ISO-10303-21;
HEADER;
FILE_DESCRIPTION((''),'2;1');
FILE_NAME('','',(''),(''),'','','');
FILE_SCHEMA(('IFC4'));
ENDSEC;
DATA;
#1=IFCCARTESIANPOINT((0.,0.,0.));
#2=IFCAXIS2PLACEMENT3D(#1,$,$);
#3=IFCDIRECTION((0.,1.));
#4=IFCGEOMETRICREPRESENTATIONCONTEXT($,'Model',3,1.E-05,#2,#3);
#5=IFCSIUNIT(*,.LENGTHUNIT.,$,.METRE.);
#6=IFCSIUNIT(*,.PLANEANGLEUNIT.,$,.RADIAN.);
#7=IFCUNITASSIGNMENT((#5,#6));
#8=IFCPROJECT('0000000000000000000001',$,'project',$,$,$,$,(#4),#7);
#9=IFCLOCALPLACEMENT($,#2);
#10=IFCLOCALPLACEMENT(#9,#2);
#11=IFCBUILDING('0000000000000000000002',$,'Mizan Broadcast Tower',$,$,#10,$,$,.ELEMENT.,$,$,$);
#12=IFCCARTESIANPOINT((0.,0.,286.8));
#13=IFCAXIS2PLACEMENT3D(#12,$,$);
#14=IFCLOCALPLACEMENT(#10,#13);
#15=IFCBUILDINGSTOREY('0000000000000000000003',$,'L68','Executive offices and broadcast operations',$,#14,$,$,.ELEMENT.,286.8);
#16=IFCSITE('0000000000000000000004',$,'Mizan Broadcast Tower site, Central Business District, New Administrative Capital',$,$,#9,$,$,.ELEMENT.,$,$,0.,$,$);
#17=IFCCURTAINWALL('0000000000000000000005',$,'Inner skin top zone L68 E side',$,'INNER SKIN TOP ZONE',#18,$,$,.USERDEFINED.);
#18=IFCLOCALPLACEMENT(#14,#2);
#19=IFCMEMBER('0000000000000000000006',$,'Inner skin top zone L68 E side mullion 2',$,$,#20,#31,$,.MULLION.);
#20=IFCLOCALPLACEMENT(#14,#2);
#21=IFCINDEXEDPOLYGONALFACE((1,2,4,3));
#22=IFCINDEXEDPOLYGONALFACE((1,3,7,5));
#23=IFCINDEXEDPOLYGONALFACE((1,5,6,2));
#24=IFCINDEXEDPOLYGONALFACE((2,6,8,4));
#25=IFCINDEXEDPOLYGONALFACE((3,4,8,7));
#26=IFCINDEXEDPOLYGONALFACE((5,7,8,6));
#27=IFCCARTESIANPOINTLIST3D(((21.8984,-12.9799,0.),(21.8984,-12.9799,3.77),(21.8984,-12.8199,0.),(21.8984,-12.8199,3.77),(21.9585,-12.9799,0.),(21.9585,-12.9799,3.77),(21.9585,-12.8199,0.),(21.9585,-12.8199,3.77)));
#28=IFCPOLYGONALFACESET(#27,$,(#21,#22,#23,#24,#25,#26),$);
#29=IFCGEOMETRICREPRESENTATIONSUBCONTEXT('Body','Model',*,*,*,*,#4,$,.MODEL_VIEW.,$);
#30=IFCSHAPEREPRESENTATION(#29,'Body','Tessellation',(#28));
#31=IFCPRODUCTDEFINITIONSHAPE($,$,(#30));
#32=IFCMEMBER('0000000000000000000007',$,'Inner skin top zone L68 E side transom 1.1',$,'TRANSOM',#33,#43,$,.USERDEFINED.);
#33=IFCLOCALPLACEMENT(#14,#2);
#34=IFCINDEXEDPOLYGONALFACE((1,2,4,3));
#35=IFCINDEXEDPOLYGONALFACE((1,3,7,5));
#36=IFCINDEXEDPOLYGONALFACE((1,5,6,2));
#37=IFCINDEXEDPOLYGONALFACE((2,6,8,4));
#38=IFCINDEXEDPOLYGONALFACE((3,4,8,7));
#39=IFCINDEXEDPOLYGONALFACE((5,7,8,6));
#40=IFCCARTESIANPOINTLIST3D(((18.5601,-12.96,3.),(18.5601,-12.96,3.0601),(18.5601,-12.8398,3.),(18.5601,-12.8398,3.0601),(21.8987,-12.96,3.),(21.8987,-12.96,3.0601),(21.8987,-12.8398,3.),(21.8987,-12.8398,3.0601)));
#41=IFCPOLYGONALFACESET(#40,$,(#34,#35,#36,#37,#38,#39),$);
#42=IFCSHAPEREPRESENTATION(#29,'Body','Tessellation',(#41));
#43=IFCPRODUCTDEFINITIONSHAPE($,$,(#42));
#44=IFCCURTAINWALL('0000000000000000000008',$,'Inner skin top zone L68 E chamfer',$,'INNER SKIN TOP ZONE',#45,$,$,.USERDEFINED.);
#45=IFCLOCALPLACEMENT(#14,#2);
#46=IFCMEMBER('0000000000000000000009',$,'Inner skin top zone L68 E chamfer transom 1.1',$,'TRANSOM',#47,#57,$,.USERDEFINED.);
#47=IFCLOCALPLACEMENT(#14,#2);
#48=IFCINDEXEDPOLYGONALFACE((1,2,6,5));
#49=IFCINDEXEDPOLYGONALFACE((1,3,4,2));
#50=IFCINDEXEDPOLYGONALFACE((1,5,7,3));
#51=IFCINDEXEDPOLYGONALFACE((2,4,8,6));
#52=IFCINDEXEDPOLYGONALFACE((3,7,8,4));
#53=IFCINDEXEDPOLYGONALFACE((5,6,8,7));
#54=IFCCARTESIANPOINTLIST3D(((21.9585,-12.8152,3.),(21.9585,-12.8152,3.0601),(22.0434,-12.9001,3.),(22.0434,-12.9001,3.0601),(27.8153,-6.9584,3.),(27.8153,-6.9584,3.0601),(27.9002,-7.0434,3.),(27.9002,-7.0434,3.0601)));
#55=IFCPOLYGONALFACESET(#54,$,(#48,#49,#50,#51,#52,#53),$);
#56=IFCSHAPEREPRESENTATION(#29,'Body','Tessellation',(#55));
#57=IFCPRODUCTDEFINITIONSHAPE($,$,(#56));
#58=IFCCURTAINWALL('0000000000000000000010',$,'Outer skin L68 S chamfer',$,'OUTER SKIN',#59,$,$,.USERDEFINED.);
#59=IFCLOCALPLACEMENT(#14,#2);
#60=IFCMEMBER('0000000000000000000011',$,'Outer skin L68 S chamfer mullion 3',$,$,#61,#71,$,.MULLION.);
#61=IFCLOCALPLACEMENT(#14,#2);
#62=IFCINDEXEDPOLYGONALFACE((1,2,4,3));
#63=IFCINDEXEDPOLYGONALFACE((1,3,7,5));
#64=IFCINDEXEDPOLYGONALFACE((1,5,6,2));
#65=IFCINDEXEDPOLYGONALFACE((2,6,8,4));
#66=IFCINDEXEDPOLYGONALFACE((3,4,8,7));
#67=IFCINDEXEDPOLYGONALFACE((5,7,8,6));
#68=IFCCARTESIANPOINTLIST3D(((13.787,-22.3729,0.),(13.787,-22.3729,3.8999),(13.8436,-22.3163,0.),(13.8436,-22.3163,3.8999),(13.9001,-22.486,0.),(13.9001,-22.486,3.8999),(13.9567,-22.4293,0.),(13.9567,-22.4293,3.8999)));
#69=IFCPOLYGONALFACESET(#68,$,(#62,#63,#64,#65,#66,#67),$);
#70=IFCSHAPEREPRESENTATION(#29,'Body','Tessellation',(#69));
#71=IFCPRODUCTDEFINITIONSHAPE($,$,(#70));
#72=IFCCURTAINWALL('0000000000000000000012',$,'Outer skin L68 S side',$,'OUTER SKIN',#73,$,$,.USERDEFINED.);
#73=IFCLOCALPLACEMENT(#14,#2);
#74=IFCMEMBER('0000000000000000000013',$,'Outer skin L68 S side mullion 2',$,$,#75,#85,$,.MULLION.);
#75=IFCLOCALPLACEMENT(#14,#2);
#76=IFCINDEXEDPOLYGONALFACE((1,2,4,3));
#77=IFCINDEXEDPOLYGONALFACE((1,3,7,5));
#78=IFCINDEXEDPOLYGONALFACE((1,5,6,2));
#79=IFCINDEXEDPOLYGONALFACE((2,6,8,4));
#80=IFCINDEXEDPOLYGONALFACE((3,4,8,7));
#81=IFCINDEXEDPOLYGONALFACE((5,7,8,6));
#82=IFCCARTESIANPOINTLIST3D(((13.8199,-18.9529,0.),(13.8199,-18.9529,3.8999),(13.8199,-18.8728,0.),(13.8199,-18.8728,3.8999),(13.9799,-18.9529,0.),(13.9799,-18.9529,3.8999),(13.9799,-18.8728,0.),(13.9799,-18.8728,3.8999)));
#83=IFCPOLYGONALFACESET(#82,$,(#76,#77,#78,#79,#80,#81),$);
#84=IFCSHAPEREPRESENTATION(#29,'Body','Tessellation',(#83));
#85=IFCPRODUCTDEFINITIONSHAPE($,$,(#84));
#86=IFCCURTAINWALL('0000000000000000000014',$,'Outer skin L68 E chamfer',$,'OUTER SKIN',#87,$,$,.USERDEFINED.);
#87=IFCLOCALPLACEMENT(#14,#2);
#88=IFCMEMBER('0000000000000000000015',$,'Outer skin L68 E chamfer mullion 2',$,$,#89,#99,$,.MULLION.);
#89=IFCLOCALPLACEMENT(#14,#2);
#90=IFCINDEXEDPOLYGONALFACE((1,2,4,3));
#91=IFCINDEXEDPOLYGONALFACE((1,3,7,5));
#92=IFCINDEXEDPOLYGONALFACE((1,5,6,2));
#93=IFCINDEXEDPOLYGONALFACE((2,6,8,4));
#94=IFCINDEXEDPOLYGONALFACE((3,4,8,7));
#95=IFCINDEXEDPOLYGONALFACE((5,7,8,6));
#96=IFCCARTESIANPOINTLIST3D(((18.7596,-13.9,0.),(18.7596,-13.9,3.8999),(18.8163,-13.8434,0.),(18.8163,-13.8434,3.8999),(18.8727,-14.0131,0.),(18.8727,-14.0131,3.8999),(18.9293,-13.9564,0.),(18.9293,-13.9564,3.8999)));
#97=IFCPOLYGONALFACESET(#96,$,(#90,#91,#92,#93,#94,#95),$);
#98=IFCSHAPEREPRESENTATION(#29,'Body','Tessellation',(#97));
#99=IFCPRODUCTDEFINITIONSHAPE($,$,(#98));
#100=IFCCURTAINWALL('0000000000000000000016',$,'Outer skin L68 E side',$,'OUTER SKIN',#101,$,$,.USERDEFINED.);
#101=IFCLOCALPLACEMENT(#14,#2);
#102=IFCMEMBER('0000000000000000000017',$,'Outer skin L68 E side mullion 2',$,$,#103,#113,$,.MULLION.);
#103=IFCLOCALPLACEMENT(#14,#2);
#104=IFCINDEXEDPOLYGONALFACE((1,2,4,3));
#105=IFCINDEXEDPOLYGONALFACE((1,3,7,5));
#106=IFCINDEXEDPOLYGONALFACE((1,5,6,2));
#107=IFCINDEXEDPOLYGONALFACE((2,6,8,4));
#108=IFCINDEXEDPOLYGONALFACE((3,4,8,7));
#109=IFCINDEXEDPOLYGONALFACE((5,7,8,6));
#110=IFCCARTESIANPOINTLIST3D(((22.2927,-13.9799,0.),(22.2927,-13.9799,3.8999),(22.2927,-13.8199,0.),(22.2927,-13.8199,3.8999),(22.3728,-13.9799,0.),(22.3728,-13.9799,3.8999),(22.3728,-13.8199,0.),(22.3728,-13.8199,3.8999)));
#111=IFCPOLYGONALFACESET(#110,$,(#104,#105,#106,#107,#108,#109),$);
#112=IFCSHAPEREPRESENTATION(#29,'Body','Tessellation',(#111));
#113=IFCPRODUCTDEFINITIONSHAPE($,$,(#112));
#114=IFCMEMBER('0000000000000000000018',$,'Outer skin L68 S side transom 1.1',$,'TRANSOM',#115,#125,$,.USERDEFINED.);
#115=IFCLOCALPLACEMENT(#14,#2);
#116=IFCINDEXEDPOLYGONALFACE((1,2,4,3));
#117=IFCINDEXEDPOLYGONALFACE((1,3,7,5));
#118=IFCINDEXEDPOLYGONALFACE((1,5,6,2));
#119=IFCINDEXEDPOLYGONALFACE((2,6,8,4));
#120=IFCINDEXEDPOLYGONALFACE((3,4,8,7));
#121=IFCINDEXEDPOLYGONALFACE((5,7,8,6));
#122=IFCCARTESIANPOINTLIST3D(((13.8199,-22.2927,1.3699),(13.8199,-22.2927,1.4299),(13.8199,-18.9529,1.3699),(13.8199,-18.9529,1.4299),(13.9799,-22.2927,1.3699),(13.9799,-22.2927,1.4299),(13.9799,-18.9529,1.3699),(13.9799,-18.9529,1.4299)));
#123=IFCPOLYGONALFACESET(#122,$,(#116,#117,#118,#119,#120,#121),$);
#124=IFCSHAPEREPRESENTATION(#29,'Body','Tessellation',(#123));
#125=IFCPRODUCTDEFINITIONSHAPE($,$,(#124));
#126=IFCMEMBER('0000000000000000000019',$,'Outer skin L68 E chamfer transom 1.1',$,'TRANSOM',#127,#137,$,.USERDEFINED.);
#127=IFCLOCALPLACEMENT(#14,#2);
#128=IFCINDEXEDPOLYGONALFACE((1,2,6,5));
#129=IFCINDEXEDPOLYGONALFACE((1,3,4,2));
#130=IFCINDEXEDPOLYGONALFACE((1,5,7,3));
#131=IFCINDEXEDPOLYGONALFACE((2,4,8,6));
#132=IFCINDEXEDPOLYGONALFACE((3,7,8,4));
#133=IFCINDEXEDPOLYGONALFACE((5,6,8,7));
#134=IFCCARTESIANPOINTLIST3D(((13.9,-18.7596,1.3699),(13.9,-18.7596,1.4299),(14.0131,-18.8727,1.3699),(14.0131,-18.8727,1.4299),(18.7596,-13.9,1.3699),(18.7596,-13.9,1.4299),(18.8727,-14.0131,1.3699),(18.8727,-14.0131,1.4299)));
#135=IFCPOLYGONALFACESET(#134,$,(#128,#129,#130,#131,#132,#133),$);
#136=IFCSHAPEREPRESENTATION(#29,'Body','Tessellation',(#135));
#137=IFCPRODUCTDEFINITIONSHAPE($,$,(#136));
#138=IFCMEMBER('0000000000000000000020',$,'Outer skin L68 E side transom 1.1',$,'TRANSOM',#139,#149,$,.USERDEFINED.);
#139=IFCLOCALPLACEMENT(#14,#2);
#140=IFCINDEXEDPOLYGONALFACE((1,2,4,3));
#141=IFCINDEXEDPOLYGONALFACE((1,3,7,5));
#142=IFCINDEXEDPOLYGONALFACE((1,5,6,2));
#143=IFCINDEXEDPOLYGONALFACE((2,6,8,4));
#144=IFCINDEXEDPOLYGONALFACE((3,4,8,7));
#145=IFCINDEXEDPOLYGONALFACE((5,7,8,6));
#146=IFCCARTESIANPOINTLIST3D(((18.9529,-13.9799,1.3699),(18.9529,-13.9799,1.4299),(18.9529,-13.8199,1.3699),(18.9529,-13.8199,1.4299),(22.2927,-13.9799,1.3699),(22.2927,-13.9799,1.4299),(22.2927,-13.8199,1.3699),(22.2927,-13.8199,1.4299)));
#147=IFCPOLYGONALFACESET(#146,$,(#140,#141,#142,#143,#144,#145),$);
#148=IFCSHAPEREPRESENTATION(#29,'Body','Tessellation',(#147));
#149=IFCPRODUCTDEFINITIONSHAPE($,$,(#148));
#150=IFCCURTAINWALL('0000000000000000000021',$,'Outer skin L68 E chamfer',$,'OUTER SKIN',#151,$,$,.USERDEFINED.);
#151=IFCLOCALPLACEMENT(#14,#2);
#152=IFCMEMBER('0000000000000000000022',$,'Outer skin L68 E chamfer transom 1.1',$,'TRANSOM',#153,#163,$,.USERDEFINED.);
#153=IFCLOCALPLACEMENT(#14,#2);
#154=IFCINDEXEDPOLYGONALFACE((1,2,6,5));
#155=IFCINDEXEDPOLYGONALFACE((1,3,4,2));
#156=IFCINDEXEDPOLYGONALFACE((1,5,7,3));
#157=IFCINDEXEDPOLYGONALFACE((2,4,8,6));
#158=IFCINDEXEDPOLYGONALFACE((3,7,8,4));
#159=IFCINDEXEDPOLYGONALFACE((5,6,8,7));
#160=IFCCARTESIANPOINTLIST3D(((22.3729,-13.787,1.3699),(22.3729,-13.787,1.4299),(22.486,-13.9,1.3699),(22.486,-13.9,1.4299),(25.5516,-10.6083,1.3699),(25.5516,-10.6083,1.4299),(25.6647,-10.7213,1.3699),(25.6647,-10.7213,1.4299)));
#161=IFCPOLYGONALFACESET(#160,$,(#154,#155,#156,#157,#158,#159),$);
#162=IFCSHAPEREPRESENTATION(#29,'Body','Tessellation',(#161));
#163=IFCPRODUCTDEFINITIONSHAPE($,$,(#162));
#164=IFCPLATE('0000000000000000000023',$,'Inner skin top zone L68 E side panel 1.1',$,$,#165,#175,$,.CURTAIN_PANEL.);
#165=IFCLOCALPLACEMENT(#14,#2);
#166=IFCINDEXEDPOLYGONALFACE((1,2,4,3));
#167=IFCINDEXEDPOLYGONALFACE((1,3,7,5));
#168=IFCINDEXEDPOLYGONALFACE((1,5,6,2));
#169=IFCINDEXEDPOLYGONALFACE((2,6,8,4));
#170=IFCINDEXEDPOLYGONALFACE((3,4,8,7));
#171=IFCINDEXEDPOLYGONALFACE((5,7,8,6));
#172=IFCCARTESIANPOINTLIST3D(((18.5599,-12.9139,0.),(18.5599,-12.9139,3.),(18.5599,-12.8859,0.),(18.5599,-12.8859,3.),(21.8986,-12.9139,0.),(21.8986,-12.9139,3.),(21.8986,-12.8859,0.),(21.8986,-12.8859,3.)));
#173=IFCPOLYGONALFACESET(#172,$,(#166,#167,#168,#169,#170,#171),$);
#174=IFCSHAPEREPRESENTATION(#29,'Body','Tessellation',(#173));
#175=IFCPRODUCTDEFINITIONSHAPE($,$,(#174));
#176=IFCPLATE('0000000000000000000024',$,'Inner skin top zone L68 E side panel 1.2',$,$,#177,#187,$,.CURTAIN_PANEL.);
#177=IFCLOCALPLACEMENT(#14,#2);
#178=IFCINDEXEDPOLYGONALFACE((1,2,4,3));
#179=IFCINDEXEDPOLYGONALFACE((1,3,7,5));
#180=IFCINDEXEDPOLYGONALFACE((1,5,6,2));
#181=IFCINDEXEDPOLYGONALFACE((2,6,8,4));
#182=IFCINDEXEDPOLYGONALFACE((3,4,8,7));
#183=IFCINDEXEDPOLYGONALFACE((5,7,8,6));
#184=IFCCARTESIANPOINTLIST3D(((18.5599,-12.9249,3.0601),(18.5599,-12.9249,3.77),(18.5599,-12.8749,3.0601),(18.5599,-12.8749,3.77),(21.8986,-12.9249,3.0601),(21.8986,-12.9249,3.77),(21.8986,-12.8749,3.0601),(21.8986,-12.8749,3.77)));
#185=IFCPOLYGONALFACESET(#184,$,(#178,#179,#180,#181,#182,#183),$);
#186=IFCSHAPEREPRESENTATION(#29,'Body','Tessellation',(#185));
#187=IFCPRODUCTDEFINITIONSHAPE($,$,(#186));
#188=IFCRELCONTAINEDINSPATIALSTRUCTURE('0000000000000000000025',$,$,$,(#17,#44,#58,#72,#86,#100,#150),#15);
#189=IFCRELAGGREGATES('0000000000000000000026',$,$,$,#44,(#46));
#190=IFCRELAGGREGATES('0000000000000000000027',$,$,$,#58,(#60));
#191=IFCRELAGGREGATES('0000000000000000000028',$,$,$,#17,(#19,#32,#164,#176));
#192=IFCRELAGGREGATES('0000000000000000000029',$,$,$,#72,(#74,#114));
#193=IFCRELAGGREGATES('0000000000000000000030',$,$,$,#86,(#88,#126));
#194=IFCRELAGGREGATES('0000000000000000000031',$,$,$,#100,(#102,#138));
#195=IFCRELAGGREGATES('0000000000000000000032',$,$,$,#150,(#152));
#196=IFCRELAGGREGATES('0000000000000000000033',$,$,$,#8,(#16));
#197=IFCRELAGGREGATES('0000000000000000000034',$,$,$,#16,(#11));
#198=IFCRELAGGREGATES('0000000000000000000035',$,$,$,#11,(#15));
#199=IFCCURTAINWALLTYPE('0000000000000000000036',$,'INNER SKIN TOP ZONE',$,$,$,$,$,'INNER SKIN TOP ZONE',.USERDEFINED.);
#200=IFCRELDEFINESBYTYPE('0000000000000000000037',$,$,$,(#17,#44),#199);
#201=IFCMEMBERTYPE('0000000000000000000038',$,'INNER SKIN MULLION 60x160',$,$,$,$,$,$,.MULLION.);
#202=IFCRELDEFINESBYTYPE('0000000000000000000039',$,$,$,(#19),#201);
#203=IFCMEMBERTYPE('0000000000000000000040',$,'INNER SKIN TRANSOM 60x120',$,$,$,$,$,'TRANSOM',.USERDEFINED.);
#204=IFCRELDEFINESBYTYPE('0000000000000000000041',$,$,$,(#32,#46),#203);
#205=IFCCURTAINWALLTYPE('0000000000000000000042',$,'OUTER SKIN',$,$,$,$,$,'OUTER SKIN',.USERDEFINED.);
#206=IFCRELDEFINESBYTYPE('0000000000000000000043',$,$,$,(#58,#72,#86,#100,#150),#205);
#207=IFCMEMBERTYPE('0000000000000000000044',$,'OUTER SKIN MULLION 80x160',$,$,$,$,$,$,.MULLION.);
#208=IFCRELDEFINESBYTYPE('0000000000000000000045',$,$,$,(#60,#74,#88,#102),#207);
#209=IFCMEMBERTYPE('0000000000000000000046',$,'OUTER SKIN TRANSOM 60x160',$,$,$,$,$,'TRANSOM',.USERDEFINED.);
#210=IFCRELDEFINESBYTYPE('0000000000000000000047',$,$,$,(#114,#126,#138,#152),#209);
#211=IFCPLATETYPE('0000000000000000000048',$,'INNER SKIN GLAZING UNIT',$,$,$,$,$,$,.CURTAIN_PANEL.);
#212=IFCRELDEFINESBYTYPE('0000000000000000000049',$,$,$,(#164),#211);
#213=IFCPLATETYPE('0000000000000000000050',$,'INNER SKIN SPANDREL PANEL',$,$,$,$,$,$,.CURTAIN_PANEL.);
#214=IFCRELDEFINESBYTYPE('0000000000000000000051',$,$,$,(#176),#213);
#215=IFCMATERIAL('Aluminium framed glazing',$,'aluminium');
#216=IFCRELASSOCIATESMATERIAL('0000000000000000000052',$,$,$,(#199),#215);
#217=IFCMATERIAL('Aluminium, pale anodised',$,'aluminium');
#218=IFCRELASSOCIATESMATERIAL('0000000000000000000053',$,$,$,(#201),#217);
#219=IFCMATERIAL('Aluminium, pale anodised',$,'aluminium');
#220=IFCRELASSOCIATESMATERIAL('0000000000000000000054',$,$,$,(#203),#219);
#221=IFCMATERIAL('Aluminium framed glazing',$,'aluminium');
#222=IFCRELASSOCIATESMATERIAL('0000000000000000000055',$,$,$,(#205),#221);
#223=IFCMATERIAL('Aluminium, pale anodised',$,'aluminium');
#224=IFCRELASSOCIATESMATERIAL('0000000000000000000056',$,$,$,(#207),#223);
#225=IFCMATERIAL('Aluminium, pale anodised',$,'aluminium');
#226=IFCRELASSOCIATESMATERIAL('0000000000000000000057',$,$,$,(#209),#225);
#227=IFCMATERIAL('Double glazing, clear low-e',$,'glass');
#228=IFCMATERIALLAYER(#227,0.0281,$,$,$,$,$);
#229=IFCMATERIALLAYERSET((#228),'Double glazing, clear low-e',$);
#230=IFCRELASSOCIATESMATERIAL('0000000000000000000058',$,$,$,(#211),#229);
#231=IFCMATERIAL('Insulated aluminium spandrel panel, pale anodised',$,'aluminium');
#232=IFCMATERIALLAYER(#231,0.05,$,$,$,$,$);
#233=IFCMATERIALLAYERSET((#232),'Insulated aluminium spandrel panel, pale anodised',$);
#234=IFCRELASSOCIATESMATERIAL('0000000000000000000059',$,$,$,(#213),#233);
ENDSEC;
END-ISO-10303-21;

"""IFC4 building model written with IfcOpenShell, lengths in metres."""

from ifc_helpers import new_model, si_unit, direction, frame, origin, origin_2d, place, context, subcontext, project, spatial, rectangle, extrude, material, layer, layer_set, material_profile, profile_set, type_object, element, aggregate, save


model = new_model("IFC4")

# Units and contexts
model_context = context("Model", 3, precision=1e-05, world=origin(), true_north=direction((0.0, 1.0)))
body_context = subcontext(model_context, "Body", "Model", "MODEL_VIEW")
ifc_project = project(units=[si_unit("LENGTHUNIT", "METRE"), si_unit("PLANEANGLEUNIT", "RADIAN")], contexts=[model_context])

# Site, building, storey
site_placement = place(None, origin())
site = spatial("IfcSite", under=ifc_project, at=site_placement, Name="Mizan Broadcast Tower site, Central Business District, New Administrative Capital", CompositionType="ELEMENT", RefElevation=0.0)
building_placement = place(site_placement, origin())
building = spatial("IfcBuilding", under=site, at=building_placement, Name="Mizan Broadcast Tower", CompositionType="ELEMENT")
storey_placement = place(building_placement, frame((0.0, 0.0, 286.8)))
storey = spatial("IfcBuildingStorey", under=building, at=storey_placement, Name="L68", Description="Executive offices and broadcast operations", CompositionType="ELEMENT", Elevation=286.8)

# Curtain wall, members
ifc_material_1 = material(Name="Aluminium framed glazing", Category="aluminium")
curtain_wall_type_1 = type_object("IfcCurtainWallType", Name="INNER SKIN TOP ZONE", ElementType="INNER SKIN TOP ZONE", PredefinedType="USERDEFINED", material=ifc_material_1)
curtain_wall_1_placement = place(storey_placement, origin())
curtain_wall_1 = element("IfcCurtainWall", 1, at=curtain_wall_1_placement, inside=storey, type_object=curtain_wall_type_1, Name="Inner skin top zone L68 E side", ObjectType="INNER SKIN TOP ZONE", PredefinedType="USERDEFINED")
ifc_material_2 = material(Name="Aluminium, pale anodised", Category="aluminium")
ifc_material_profile_1 = material_profile(ifc_material_2, rectangle(XDim=0.1599, YDim=0.0601, at=origin_2d()), Name="MULLION 160x60")
ifc_profile_set_1 = profile_set([ifc_material_profile_1], Name="Aluminium, pale anodised")
member_type_1 = type_object("IfcMemberType", Name="INNER SKIN MULLION 60x160", PredefinedType="MULLION", material=ifc_profile_set_1)
member_1_placement = place(storey_placement, frame((21.9285, -12.8999, 0.0), z_axis=(0.0, 0.0, 1.0), x_axis=(0.0, 1.0, 0.0)))
member_1 = element("IfcMember", 2, at=member_1_placement, type_object=member_type_1, Name="Inner skin top zone L68 E side mullion 2", PredefinedType="MULLION", context=body_context, shape_type="SweptSolid", body=[
    extrude(rectangle(XDim=0.1599, YDim=0.0601, at=origin_2d()), origin(), (0.0, 0.0, 1.0), 3.77),
])
ifc_material_3 = material(Name="Aluminium, pale anodised", Category="aluminium")
ifc_material_profile_2 = material_profile(ifc_material_3, rectangle(XDim=0.1201, YDim=0.0601, at=origin_2d()), Name="TRANSOM 120x60")
ifc_profile_set_2 = profile_set([ifc_material_profile_2], Name="Aluminium, pale anodised")
member_type_2 = type_object("IfcMemberType", Name="INNER SKIN TRANSOM 60x120", ElementType="TRANSOM", PredefinedType="USERDEFINED", material=ifc_profile_set_2)
member_2_placement = place(storey_placement, frame((18.5601, -12.8999, 3.03), z_axis=(1.0, 0.0, 0.0), x_axis=(0.0, 1.0, 0.0)))
member_2 = element("IfcMember", 3, at=member_2_placement, type_object=member_type_2, Name="Inner skin top zone L68 E side transom 1.1", ObjectType="TRANSOM", PredefinedType="USERDEFINED", context=body_context, shape_type="SweptSolid", body=[
    extrude(rectangle(XDim=0.1201, YDim=0.0601, at=origin_2d()), origin(), (0.0, 0.0, 1.0), 3.3386),
])

# Curtain walls, members
curtain_wall_2_placement = place(storey_placement, origin())
curtain_wall_2 = element("IfcCurtainWall", 4, at=curtain_wall_2_placement, inside=storey, type_object=curtain_wall_type_1, Name="Inner skin top zone L68 E chamfer", ObjectType="INNER SKIN TOP ZONE", PredefinedType="USERDEFINED")
member_3_placement = place(storey_placement, frame((22.001, -12.8577, 3.03), z_axis=(0.707107, 0.707107, 0.0), x_axis=(-0.707107, 0.707107, 0.0)))
member_3 = element("IfcMember", 5, at=member_3_placement, type_object=member_type_2, Name="Inner skin top zone L68 E chamfer transom 1.1", ObjectType="TRANSOM", PredefinedType="USERDEFINED", context=body_context, shape_type="SweptSolid", body=[
    extrude(rectangle(XDim=0.1201, YDim=0.0601, at=origin_2d()), origin(), (0.0, 0.0, 1.0), 8.2827),
])
aggregate(curtain_wall_2, [member_3])
ifc_material_4 = material(Name="Aluminium framed glazing", Category="aluminium")
curtain_wall_type_2 = type_object("IfcCurtainWallType", Name="OUTER SKIN", ElementType="OUTER SKIN", PredefinedType="USERDEFINED", material=ifc_material_4)
curtain_wall_3_placement = place(storey_placement, origin())
curtain_wall_3 = element("IfcCurtainWall", 6, at=curtain_wall_3_placement, inside=storey, type_object=curtain_wall_type_2, Name="Outer skin L68 S chamfer", ObjectType="OUTER SKIN", PredefinedType="USERDEFINED")
ifc_material_5 = material(Name="Aluminium, pale anodised", Category="aluminium")
ifc_material_profile_3 = material_profile(ifc_material_5, rectangle(XDim=0.1599, YDim=0.0801, at=origin_2d()), Name="MULLION 160x80")
ifc_profile_set_3 = profile_set([ifc_material_profile_3], Name="Aluminium, pale anodised")
member_type_3 = type_object("IfcMemberType", Name="OUTER SKIN MULLION 80x160", PredefinedType="MULLION", material=ifc_profile_set_3)
member_4_placement = place(storey_placement, frame((13.8718, -22.4011, 0.0), z_axis=(0.0, 0.0, 1.0), x_axis=(-0.707107, 0.707107, 0.0)))
member_4 = element("IfcMember", 7, at=member_4_placement, type_object=member_type_3, Name="Outer skin L68 S chamfer mullion 3", PredefinedType="MULLION", context=body_context, shape_type="SweptSolid", body=[
    extrude(rectangle(XDim=0.1599, YDim=0.0801, at=origin_2d()), origin(), (0.0, 0.0, 1.0), 3.8999),
])
aggregate(curtain_wall_3, [member_4])
curtain_wall_4_placement = place(storey_placement, origin())
curtain_wall_4 = element("IfcCurtainWall", 8, at=curtain_wall_4_placement, inside=storey, type_object=curtain_wall_type_2, Name="Outer skin L68 S side", ObjectType="OUTER SKIN", PredefinedType="USERDEFINED")
member_5_placement = place(storey_placement, frame((13.8999, -18.9128, 0.0), z_axis=(0.0, 0.0, 1.0), x_axis=(-1.0, 0.0, 0.0)))
member_5 = element("IfcMember", 9, at=member_5_placement, type_object=member_type_3, Name="Outer skin L68 S side mullion 2", PredefinedType="MULLION", context=body_context, shape_type="SweptSolid", body=[
    extrude(rectangle(XDim=0.1599, YDim=0.0801, at=origin_2d()), origin(), (0.0, 0.0, 1.0), 3.8999),
])
curtain_wall_5_placement = place(storey_placement, origin())
curtain_wall_5 = element("IfcCurtainWall", 10, at=curtain_wall_5_placement, inside=storey, type_object=curtain_wall_type_2, Name="Outer skin L68 E chamfer", ObjectType="OUTER SKIN", PredefinedType="USERDEFINED")
member_6_placement = place(storey_placement, frame((18.8445, -13.9282, 0.0), z_axis=(0.0, 0.0, 1.0), x_axis=(-0.707107, 0.707107, 0.0)))
member_6 = element("IfcMember", 11, at=member_6_placement, type_object=member_type_3, Name="Outer skin L68 E chamfer mullion 2", PredefinedType="MULLION", context=body_context, shape_type="SweptSolid", body=[
    extrude(rectangle(XDim=0.1599, YDim=0.0801, at=origin_2d()), origin(), (0.0, 0.0, 1.0), 3.8999),
])
curtain_wall_6_placement = place(storey_placement, origin())
curtain_wall_6 = element("IfcCurtainWall", 12, at=curtain_wall_6_placement, inside=storey, type_object=curtain_wall_type_2, Name="Outer skin L68 E side", ObjectType="OUTER SKIN", PredefinedType="USERDEFINED")
member_7_placement = place(storey_placement, frame((22.3328, -13.8999, 0.0), z_axis=(0.0, 0.0, 1.0), x_axis=(0.0, 1.0, 0.0)))
member_7 = element("IfcMember", 13, at=member_7_placement, type_object=member_type_3, Name="Outer skin L68 E side mullion 2", PredefinedType="MULLION", context=body_context, shape_type="SweptSolid", body=[
    extrude(rectangle(XDim=0.1599, YDim=0.0801, at=origin_2d()), origin(), (0.0, 0.0, 1.0), 3.8999),
])

# Members
ifc_material_6 = material(Name="Aluminium, pale anodised", Category="aluminium")
ifc_material_profile_4 = material_profile(ifc_material_6, rectangle(XDim=0.1599, YDim=0.0601, at=origin_2d()), Name="TRANSOM 160x60")
ifc_profile_set_4 = profile_set([ifc_material_profile_4], Name="Aluminium, pale anodised")
member_type_4 = type_object("IfcMemberType", Name="OUTER SKIN TRANSOM 60x160", ElementType="TRANSOM", PredefinedType="USERDEFINED", material=ifc_profile_set_4)
member_8_placement = place(storey_placement, frame((13.8999, -22.2927, 1.3999), z_axis=(0.0, 1.0, 0.0), x_axis=(-1.0, 0.0, 0.0)))
member_8 = element("IfcMember", 14, at=member_8_placement, type_object=member_type_4, Name="Outer skin L68 S side transom 1.1", ObjectType="TRANSOM", PredefinedType="USERDEFINED", context=body_context, shape_type="SweptSolid", body=[
    extrude(rectangle(XDim=0.1599, YDim=0.0601, at=origin_2d()), origin(), (0.0, 0.0, 1.0), 3.3398),
])
member_9_placement = place(storey_placement, frame((13.9565, -18.8162, 1.3999), z_axis=(0.707107, 0.707107, 0.0), x_axis=(-0.707107, 0.707107, 0.0)))
member_9 = element("IfcMember", 15, at=member_9_placement, type_object=member_type_4, Name="Outer skin L68 E chamfer transom 1.1", ObjectType="TRANSOM", PredefinedType="USERDEFINED", context=body_context, shape_type="SweptSolid", body=[
    extrude(rectangle(XDim=0.1599, YDim=0.0601, at=origin_2d()), origin(), (0.0, 0.0, 1.0), 6.8726),
])
member_10_placement = place(storey_placement, frame((18.9529, -13.8999, 1.3999), z_axis=(1.0, 0.0, 0.0), x_axis=(0.0, 1.0, 0.0)))
member_10 = element("IfcMember", 16, at=member_10_placement, type_object=member_type_4, Name="Outer skin L68 E side transom 1.1", ObjectType="TRANSOM", PredefinedType="USERDEFINED", context=body_context, shape_type="SweptSolid", body=[
    extrude(rectangle(XDim=0.1599, YDim=0.0601, at=origin_2d()), origin(), (0.0, 0.0, 1.0), 3.3398),
])

# Curtain wall, member
curtain_wall_7_placement = place(storey_placement, origin())
curtain_wall_7 = element("IfcCurtainWall", 17, at=curtain_wall_7_placement, inside=storey, type_object=curtain_wall_type_2, Name="Outer skin L68 E chamfer", ObjectType="OUTER SKIN", PredefinedType="USERDEFINED")
member_11_placement = place(storey_placement, frame((22.4294, -13.8435, 1.3999), z_axis=(0.707107, 0.707107, 0.0), x_axis=(-0.707107, 0.707107, 0.0)))
member_11 = element("IfcMember", 18, at=member_11_placement, type_object=member_type_4, Name="Outer skin L68 E chamfer transom 1.1", ObjectType="TRANSOM", PredefinedType="USERDEFINED", context=body_context, shape_type="SweptSolid", body=[
    extrude(rectangle(XDim=0.1599, YDim=0.0601, at=origin_2d()), origin(), (0.0, 0.0, 1.0), 4.4954),
])

# Plates
ifc_material_7 = material(Name="Double glazing, clear low-e", Category="glass")
ifc_layer_1 = layer(ifc_material_7, 0.0281)
ifc_layer_set_1 = layer_set([ifc_layer_1], Name="Double glazing, clear low-e")
plate_type_1 = type_object("IfcPlateType", Name="INNER SKIN GLAZING UNIT", PredefinedType="CURTAIN_PANEL", material=ifc_layer_set_1)
plate_1_placement = place(storey_placement, frame((20.2292, -12.8999, 0.0), z_axis=(0.0, 0.0, 1.0), x_axis=(1.0, 0.0, 0.0)))
plate_1 = element("IfcPlate", 19, at=plate_1_placement, type_object=plate_type_1, Name="Inner skin top zone L68 E side panel 1.1", PredefinedType="CURTAIN_PANEL", context=body_context, shape_type="SweptSolid", body=[
    extrude(rectangle(XDim=3.3386, YDim=0.0281, at=origin_2d()), origin(), (0.0, 0.0, 1.0), 3.0),
])
ifc_material_8 = material(Name="Insulated aluminium spandrel panel, pale anodised", Category="aluminium")
ifc_layer_2 = layer(ifc_material_8, 0.05)
ifc_layer_set_2 = layer_set([ifc_layer_2], Name="Insulated aluminium spandrel panel, pale anodised")
plate_type_2 = type_object("IfcPlateType", Name="INNER SKIN SPANDREL PANEL", PredefinedType="CURTAIN_PANEL", material=ifc_layer_set_2)
plate_2_placement = place(storey_placement, frame((20.2292, -12.8999, 3.0601), z_axis=(0.0, 0.0, 1.0), x_axis=(1.0, 0.0, 0.0)))
plate_2 = element("IfcPlate", 20, at=plate_2_placement, type_object=plate_type_2, Name="Inner skin top zone L68 E side panel 1.2", PredefinedType="CURTAIN_PANEL", context=body_context, shape_type="SweptSolid", body=[
    extrude(rectangle(XDim=3.3386, YDim=0.05, at=origin_2d()), origin(), (0.0, 0.0, 1.0), 0.71),
])
aggregate(curtain_wall_1, [member_1, member_2, plate_1, plate_2])
aggregate(curtain_wall_4, [member_5, member_8])
aggregate(curtain_wall_5, [member_6, member_9])
aggregate(curtain_wall_6, [member_7, member_10])
aggregate(curtain_wall_7, [member_11])

save(model, "model.ifc")
